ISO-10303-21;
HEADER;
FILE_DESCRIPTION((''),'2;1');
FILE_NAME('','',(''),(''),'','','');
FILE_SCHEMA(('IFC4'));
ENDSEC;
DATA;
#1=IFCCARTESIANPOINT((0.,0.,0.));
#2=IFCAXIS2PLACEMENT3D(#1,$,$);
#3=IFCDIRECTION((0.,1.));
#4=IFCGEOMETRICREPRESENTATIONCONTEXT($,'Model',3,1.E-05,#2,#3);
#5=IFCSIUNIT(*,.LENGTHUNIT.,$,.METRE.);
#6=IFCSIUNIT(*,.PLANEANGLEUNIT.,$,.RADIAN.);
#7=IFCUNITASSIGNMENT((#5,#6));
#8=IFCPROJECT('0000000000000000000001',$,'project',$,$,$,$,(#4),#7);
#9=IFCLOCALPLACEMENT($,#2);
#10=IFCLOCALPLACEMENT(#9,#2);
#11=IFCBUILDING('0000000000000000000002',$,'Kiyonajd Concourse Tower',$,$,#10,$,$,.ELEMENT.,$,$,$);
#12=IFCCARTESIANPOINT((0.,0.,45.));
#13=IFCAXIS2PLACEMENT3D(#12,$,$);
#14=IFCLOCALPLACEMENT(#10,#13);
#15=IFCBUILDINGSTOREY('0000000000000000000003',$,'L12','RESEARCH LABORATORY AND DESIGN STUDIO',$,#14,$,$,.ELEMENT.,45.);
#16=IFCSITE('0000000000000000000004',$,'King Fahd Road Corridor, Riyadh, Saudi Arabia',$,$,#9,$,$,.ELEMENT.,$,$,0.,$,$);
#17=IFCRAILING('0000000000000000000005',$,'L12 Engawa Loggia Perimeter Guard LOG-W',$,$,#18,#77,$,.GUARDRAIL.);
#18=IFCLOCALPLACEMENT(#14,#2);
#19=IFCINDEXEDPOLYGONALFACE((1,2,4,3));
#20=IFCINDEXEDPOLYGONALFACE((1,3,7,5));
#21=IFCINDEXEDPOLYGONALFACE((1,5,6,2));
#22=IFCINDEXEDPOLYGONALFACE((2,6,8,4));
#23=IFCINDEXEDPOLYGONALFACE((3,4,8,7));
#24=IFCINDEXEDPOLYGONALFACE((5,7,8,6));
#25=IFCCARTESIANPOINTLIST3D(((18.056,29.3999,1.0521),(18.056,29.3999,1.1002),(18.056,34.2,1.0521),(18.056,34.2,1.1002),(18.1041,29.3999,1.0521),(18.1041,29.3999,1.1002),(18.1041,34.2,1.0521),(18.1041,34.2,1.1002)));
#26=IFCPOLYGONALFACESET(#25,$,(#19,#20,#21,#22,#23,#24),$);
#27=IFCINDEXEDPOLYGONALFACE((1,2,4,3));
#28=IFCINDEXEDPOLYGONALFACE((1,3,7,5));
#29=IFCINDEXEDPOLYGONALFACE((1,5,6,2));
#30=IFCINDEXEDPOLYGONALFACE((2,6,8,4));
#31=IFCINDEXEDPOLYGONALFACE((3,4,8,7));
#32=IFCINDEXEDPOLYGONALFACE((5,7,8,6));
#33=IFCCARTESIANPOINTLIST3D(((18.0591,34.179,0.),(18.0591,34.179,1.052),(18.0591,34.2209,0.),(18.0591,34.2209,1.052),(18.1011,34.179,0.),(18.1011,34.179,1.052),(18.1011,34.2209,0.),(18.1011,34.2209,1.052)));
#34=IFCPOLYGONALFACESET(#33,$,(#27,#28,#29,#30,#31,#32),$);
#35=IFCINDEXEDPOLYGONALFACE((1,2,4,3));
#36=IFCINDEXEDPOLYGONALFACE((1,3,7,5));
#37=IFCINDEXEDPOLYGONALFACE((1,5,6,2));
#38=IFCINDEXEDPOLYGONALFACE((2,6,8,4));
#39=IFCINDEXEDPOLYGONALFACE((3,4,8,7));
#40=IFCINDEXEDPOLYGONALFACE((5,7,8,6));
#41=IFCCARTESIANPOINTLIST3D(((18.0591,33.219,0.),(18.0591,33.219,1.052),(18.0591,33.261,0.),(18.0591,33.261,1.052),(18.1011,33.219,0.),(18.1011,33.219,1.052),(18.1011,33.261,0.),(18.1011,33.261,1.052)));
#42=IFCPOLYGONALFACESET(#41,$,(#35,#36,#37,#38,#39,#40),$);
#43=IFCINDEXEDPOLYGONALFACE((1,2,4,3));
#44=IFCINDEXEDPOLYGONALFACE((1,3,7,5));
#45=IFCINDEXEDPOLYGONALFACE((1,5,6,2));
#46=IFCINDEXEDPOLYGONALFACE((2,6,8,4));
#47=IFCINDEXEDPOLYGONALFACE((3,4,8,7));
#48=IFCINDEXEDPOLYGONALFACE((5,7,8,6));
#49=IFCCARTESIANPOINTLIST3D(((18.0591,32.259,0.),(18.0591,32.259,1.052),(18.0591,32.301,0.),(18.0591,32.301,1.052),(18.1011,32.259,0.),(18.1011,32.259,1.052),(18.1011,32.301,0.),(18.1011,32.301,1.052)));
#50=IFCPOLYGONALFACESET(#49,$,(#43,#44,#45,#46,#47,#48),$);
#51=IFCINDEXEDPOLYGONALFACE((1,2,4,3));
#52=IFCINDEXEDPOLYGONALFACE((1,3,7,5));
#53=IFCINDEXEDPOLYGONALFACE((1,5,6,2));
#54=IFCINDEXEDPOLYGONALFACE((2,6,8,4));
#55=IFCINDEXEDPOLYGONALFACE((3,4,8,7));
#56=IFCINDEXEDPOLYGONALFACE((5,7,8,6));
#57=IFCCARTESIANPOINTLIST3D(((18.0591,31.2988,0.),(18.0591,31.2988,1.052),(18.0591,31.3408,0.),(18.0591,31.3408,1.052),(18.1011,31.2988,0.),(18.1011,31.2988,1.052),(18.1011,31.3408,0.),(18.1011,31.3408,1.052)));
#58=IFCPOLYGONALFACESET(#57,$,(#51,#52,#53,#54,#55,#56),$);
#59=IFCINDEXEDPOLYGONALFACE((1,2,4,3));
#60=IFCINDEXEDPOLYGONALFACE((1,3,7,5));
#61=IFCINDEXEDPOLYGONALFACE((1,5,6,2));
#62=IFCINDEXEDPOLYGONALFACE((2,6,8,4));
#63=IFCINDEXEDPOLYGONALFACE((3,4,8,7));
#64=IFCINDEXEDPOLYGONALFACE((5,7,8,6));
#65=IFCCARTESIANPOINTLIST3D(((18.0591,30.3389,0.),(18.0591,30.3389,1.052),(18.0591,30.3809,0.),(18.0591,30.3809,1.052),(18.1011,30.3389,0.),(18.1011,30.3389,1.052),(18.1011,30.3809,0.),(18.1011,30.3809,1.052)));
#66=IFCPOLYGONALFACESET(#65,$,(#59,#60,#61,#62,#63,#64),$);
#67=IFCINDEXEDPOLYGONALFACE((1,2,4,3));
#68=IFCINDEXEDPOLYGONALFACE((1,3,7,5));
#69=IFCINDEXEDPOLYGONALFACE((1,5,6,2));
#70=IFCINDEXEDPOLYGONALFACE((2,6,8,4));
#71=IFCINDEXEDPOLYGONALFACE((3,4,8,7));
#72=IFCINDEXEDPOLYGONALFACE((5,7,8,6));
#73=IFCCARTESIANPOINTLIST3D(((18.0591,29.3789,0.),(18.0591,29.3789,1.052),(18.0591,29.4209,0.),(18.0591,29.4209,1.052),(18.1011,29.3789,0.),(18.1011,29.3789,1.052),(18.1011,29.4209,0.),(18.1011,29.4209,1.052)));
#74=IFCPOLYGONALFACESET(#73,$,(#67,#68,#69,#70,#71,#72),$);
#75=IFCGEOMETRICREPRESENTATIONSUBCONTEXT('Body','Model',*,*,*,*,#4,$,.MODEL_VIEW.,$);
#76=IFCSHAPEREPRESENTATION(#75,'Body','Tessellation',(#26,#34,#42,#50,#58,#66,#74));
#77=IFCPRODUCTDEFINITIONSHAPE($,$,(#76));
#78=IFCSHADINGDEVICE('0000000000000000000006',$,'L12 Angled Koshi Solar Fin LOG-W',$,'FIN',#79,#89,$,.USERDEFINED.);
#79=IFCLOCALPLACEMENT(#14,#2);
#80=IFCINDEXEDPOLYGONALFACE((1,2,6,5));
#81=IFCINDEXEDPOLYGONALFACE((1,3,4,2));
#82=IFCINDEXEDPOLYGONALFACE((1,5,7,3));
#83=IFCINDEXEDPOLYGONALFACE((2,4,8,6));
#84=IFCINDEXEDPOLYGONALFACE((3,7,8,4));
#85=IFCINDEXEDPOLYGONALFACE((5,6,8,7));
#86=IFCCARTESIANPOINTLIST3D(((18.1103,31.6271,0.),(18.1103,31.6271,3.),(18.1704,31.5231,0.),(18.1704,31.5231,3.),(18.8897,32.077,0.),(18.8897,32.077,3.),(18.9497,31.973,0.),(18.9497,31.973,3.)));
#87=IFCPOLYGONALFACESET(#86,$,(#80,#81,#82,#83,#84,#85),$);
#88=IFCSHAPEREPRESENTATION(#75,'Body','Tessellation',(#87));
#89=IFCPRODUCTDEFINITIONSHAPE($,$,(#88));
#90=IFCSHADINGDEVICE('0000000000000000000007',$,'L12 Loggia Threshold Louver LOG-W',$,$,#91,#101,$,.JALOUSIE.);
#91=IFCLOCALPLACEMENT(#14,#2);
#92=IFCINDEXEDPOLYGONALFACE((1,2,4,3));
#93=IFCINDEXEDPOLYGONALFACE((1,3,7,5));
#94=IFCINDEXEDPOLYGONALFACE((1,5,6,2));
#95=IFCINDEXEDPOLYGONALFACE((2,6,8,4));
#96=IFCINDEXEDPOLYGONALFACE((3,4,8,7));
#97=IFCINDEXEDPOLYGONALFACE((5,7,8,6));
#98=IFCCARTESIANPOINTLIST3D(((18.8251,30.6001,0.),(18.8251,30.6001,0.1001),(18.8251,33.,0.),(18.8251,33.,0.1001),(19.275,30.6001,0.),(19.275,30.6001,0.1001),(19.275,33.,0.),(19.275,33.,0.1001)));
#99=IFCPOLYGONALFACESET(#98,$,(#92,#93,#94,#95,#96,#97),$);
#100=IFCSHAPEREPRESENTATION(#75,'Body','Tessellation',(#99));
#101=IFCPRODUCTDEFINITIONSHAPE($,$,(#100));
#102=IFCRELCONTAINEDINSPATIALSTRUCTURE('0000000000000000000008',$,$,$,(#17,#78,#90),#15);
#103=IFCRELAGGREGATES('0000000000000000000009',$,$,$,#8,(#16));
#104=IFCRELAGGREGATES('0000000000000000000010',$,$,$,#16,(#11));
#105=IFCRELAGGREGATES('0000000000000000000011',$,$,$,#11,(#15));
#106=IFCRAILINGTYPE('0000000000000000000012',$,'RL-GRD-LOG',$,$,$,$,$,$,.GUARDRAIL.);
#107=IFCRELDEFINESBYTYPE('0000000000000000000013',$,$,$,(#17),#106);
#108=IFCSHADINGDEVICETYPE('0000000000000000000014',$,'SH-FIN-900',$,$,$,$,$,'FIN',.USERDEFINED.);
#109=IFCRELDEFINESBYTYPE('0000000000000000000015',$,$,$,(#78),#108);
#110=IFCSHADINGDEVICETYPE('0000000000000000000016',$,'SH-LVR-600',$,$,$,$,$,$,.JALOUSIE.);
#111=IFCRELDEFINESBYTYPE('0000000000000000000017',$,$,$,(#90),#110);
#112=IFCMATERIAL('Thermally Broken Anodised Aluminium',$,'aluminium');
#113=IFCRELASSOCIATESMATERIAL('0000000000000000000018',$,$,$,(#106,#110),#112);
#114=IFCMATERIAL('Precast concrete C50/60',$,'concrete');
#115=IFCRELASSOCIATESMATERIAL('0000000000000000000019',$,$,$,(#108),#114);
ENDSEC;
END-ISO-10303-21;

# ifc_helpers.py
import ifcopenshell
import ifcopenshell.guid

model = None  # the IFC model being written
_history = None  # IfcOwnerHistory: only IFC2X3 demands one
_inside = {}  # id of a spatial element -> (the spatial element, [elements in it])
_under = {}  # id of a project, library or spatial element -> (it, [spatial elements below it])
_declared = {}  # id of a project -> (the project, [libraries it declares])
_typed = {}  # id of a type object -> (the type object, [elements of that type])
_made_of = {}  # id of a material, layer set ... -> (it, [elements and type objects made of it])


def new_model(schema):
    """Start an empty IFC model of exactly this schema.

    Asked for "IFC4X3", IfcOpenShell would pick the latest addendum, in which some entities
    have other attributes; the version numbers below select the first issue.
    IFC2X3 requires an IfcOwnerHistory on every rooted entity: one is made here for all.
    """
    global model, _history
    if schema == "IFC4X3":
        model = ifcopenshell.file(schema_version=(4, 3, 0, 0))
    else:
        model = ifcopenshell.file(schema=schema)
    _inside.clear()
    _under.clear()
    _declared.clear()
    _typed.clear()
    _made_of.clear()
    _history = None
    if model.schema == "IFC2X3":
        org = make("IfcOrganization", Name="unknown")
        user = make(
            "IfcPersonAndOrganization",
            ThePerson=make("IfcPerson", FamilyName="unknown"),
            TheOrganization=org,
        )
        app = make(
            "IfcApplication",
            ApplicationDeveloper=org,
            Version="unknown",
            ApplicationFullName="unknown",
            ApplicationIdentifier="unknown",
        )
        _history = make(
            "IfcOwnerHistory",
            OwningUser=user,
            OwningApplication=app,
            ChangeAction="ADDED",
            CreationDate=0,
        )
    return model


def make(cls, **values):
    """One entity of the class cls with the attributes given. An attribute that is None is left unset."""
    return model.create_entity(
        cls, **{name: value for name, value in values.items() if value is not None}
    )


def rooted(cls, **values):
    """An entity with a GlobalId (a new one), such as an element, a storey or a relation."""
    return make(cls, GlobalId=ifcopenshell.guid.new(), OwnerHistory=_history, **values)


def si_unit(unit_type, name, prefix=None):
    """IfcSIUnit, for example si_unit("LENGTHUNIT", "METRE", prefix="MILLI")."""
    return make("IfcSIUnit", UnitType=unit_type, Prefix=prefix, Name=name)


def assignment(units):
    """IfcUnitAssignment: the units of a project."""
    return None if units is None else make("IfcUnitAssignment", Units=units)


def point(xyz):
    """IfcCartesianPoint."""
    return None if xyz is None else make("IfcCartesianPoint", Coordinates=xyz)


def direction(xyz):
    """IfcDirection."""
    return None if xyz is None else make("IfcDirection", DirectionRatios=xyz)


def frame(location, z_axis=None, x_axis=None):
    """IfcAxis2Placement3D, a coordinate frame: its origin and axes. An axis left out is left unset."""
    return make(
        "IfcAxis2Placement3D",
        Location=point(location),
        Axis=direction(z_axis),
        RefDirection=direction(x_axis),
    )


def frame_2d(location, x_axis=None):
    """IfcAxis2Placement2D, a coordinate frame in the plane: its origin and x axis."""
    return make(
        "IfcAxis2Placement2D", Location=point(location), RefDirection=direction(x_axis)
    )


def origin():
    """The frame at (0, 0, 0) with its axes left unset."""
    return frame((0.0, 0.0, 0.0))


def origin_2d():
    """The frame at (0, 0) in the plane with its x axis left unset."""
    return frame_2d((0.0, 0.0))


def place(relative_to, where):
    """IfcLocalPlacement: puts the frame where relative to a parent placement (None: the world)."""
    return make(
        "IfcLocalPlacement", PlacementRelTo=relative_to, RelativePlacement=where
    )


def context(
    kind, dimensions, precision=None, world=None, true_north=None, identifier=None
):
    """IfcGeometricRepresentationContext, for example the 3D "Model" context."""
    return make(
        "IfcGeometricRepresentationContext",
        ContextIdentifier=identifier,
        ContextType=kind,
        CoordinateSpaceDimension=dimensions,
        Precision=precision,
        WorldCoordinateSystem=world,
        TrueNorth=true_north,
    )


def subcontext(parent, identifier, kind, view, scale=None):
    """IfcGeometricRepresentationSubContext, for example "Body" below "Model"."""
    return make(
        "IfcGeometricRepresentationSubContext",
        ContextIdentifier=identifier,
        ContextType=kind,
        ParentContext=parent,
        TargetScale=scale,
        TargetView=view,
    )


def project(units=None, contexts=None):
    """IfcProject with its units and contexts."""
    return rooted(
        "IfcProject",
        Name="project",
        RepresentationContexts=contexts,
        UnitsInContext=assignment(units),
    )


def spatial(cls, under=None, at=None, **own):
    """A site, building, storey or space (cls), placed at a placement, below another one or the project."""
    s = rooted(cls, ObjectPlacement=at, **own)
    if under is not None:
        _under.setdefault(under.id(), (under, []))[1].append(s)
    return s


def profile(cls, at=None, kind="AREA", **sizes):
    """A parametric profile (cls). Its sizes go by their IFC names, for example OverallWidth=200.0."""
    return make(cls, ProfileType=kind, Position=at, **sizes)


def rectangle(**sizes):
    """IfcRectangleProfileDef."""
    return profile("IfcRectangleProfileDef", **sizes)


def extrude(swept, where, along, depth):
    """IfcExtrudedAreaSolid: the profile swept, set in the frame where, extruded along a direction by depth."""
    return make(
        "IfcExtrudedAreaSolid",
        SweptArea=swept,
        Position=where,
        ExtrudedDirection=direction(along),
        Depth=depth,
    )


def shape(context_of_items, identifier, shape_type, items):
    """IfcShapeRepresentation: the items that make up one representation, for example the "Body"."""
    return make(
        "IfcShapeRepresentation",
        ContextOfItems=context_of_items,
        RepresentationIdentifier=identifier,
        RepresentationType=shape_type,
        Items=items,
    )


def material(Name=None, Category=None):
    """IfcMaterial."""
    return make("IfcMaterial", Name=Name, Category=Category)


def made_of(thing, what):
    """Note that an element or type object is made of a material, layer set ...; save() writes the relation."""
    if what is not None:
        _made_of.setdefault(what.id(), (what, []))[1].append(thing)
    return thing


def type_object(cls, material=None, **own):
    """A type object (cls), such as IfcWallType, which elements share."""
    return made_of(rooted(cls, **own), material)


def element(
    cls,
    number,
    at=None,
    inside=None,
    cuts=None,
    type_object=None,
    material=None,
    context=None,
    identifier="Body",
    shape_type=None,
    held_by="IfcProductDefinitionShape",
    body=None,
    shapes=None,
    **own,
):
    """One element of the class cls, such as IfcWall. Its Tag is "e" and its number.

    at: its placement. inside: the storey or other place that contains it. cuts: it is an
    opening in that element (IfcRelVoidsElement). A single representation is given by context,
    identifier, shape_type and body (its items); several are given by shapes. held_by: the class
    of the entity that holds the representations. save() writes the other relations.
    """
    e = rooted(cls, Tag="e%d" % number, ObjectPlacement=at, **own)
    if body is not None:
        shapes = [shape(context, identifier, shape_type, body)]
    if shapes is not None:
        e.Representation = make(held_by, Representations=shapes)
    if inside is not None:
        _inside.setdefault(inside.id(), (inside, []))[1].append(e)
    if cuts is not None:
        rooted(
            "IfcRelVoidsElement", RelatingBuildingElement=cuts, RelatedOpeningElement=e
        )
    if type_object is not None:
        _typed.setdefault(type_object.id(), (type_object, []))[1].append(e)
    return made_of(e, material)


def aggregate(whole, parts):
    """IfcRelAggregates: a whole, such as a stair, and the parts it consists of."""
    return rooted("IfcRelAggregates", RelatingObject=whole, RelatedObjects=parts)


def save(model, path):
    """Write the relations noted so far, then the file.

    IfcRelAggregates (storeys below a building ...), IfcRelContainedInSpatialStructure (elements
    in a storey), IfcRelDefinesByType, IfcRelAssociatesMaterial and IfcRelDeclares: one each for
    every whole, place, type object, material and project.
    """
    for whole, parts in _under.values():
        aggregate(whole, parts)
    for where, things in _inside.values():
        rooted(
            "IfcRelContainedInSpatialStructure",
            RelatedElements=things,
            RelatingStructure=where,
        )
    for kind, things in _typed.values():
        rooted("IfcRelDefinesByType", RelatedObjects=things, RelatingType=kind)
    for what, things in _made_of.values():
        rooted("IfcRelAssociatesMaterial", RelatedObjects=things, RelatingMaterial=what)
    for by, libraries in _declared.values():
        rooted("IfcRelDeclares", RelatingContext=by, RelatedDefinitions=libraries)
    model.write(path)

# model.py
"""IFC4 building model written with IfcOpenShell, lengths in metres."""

from ifc_helpers import new_model, si_unit, direction, frame, origin, origin_2d, place, context, subcontext, project, spatial, rectangle, extrude, material, type_object, element, save


model = new_model("IFC4")

# Units and contexts
model_context = context("Model", 3, precision=1e-05, world=origin(), true_north=direction((0.0, 1.0)))
body_context = subcontext(model_context, "Body", "Model", "MODEL_VIEW")
ifc_project = project(units=[si_unit("LENGTHUNIT", "METRE"), si_unit("PLANEANGLEUNIT", "RADIAN")], contexts=[model_context])

# Site, building, storey
site_placement = place(None, origin())
site = spatial("IfcSite", under=ifc_project, at=site_placement, Name="King Fahd Road Corridor, Riyadh, Saudi Arabia", CompositionType="ELEMENT", RefElevation=0.0)
building_placement = place(site_placement, origin())
building = spatial("IfcBuilding", under=site, at=building_placement, Name="Kiyonajd Concourse Tower", CompositionType="ELEMENT")
storey_placement = place(building_placement, frame((0.0, 0.0, 45.0)))
storey = spatial("IfcBuildingStorey", under=building, at=storey_placement, Name="L12", Description="RESEARCH LABORATORY AND DESIGN STUDIO", CompositionType="ELEMENT", Elevation=45.0)

# Shared definitions
ifc_material_1 = material(Name="Precast concrete C50/60", Category="concrete")

# Shared definitions
ifc_material_2 = material(Name="Thermally Broken Anodised Aluminium", Category="aluminium")

# Railing
railing_type = type_object("IfcRailingType", Name="RL-GRD-LOG", PredefinedType="GUARDRAIL", material=ifc_material_2)
railing_placement = place(storey_placement, frame((18.0801, 34.2, 0.0)))
element("IfcRailing", 1, at=railing_placement, inside=storey, type_object=railing_type, Name="L12 Engawa Loggia Perimeter Guard LOG-W", PredefinedType="GUARDRAIL", context=body_context, shape_type="SweptSolid", body=[
    extrude(rectangle(XDim=0.0481, YDim=0.0481, at=origin_2d()), frame((0.0, 0.0, 1.0762), z_axis=(0.0, -1.0, 0.0), x_axis=(1.0, 0.0, 0.0)), (0.0, 0.0, 1.0), 4.8),
    extrude(rectangle(XDim=0.042, YDim=0.042, at=origin_2d()), origin(), (0.0, 0.0, 1.0), 1.052),
    extrude(rectangle(XDim=0.042, YDim=0.042, at=origin_2d()), frame((0.0, -0.96, 0.0)), (0.0, 0.0, 1.0), 1.052),
    extrude(rectangle(XDim=0.042, YDim=0.042, at=origin_2d()), frame((0.0, -1.9199, 0.0)), (0.0, 0.0, 1.0), 1.052),
    extrude(rectangle(XDim=0.042, YDim=0.042, at=origin_2d()), frame((0.0, -2.8801, 0.0)), (0.0, 0.0, 1.0), 1.052),
    extrude(rectangle(XDim=0.042, YDim=0.042, at=origin_2d()), frame((0.0, -3.8401, 0.0)), (0.0, 0.0, 1.0), 1.052),
    extrude(rectangle(XDim=0.042, YDim=0.042, at=origin_2d()), frame((0.0, -4.8, 0.0)), (0.0, 0.0, 1.0), 1.052),
])

# Shading devices
shading_device_type_1 = type_object("IfcShadingDeviceType", Name="SH-FIN-900", ElementType="FIN", PredefinedType="USERDEFINED", material=ifc_material_1)
shading_device_1_placement = place(storey_placement, frame((18.53, 31.8, 0.0), z_axis=(0.0, 0.0, 1.0), x_axis=(0.866025, 0.5, 0.0)))
element("IfcShadingDevice", 2, at=shading_device_1_placement, inside=storey, type_object=shading_device_type_1, Name="L12 Angled Koshi Solar Fin LOG-W", ObjectType="FIN", PredefinedType="USERDEFINED", context=body_context, shape_type="SweptSolid", body=[
    extrude(rectangle(XDim=0.8999, YDim=0.1201, at=origin_2d()), origin(), (0.0, 0.0, 1.0), 3.0),
])
shading_device_type_2 = type_object("IfcShadingDeviceType", Name="SH-LVR-600", PredefinedType="JALOUSIE", material=ifc_material_2)
shading_device_2_placement = place(storey_placement, frame((19.05, 31.8, 0.0), z_axis=(0.0, 0.0, 1.0), x_axis=(0.0, 1.0, 0.0)))
element("IfcShadingDevice", 3, at=shading_device_2_placement, inside=storey, type_object=shading_device_type_2, Name="L12 Loggia Threshold Louver LOG-W", PredefinedType="JALOUSIE", context=body_context, shape_type="SweptSolid", body=[
    extrude(rectangle(XDim=2.3999, YDim=0.45, at=origin_2d()), origin(), (0.0, 0.0, 1.0), 0.1001),
])

save(model, "model.ifc")
